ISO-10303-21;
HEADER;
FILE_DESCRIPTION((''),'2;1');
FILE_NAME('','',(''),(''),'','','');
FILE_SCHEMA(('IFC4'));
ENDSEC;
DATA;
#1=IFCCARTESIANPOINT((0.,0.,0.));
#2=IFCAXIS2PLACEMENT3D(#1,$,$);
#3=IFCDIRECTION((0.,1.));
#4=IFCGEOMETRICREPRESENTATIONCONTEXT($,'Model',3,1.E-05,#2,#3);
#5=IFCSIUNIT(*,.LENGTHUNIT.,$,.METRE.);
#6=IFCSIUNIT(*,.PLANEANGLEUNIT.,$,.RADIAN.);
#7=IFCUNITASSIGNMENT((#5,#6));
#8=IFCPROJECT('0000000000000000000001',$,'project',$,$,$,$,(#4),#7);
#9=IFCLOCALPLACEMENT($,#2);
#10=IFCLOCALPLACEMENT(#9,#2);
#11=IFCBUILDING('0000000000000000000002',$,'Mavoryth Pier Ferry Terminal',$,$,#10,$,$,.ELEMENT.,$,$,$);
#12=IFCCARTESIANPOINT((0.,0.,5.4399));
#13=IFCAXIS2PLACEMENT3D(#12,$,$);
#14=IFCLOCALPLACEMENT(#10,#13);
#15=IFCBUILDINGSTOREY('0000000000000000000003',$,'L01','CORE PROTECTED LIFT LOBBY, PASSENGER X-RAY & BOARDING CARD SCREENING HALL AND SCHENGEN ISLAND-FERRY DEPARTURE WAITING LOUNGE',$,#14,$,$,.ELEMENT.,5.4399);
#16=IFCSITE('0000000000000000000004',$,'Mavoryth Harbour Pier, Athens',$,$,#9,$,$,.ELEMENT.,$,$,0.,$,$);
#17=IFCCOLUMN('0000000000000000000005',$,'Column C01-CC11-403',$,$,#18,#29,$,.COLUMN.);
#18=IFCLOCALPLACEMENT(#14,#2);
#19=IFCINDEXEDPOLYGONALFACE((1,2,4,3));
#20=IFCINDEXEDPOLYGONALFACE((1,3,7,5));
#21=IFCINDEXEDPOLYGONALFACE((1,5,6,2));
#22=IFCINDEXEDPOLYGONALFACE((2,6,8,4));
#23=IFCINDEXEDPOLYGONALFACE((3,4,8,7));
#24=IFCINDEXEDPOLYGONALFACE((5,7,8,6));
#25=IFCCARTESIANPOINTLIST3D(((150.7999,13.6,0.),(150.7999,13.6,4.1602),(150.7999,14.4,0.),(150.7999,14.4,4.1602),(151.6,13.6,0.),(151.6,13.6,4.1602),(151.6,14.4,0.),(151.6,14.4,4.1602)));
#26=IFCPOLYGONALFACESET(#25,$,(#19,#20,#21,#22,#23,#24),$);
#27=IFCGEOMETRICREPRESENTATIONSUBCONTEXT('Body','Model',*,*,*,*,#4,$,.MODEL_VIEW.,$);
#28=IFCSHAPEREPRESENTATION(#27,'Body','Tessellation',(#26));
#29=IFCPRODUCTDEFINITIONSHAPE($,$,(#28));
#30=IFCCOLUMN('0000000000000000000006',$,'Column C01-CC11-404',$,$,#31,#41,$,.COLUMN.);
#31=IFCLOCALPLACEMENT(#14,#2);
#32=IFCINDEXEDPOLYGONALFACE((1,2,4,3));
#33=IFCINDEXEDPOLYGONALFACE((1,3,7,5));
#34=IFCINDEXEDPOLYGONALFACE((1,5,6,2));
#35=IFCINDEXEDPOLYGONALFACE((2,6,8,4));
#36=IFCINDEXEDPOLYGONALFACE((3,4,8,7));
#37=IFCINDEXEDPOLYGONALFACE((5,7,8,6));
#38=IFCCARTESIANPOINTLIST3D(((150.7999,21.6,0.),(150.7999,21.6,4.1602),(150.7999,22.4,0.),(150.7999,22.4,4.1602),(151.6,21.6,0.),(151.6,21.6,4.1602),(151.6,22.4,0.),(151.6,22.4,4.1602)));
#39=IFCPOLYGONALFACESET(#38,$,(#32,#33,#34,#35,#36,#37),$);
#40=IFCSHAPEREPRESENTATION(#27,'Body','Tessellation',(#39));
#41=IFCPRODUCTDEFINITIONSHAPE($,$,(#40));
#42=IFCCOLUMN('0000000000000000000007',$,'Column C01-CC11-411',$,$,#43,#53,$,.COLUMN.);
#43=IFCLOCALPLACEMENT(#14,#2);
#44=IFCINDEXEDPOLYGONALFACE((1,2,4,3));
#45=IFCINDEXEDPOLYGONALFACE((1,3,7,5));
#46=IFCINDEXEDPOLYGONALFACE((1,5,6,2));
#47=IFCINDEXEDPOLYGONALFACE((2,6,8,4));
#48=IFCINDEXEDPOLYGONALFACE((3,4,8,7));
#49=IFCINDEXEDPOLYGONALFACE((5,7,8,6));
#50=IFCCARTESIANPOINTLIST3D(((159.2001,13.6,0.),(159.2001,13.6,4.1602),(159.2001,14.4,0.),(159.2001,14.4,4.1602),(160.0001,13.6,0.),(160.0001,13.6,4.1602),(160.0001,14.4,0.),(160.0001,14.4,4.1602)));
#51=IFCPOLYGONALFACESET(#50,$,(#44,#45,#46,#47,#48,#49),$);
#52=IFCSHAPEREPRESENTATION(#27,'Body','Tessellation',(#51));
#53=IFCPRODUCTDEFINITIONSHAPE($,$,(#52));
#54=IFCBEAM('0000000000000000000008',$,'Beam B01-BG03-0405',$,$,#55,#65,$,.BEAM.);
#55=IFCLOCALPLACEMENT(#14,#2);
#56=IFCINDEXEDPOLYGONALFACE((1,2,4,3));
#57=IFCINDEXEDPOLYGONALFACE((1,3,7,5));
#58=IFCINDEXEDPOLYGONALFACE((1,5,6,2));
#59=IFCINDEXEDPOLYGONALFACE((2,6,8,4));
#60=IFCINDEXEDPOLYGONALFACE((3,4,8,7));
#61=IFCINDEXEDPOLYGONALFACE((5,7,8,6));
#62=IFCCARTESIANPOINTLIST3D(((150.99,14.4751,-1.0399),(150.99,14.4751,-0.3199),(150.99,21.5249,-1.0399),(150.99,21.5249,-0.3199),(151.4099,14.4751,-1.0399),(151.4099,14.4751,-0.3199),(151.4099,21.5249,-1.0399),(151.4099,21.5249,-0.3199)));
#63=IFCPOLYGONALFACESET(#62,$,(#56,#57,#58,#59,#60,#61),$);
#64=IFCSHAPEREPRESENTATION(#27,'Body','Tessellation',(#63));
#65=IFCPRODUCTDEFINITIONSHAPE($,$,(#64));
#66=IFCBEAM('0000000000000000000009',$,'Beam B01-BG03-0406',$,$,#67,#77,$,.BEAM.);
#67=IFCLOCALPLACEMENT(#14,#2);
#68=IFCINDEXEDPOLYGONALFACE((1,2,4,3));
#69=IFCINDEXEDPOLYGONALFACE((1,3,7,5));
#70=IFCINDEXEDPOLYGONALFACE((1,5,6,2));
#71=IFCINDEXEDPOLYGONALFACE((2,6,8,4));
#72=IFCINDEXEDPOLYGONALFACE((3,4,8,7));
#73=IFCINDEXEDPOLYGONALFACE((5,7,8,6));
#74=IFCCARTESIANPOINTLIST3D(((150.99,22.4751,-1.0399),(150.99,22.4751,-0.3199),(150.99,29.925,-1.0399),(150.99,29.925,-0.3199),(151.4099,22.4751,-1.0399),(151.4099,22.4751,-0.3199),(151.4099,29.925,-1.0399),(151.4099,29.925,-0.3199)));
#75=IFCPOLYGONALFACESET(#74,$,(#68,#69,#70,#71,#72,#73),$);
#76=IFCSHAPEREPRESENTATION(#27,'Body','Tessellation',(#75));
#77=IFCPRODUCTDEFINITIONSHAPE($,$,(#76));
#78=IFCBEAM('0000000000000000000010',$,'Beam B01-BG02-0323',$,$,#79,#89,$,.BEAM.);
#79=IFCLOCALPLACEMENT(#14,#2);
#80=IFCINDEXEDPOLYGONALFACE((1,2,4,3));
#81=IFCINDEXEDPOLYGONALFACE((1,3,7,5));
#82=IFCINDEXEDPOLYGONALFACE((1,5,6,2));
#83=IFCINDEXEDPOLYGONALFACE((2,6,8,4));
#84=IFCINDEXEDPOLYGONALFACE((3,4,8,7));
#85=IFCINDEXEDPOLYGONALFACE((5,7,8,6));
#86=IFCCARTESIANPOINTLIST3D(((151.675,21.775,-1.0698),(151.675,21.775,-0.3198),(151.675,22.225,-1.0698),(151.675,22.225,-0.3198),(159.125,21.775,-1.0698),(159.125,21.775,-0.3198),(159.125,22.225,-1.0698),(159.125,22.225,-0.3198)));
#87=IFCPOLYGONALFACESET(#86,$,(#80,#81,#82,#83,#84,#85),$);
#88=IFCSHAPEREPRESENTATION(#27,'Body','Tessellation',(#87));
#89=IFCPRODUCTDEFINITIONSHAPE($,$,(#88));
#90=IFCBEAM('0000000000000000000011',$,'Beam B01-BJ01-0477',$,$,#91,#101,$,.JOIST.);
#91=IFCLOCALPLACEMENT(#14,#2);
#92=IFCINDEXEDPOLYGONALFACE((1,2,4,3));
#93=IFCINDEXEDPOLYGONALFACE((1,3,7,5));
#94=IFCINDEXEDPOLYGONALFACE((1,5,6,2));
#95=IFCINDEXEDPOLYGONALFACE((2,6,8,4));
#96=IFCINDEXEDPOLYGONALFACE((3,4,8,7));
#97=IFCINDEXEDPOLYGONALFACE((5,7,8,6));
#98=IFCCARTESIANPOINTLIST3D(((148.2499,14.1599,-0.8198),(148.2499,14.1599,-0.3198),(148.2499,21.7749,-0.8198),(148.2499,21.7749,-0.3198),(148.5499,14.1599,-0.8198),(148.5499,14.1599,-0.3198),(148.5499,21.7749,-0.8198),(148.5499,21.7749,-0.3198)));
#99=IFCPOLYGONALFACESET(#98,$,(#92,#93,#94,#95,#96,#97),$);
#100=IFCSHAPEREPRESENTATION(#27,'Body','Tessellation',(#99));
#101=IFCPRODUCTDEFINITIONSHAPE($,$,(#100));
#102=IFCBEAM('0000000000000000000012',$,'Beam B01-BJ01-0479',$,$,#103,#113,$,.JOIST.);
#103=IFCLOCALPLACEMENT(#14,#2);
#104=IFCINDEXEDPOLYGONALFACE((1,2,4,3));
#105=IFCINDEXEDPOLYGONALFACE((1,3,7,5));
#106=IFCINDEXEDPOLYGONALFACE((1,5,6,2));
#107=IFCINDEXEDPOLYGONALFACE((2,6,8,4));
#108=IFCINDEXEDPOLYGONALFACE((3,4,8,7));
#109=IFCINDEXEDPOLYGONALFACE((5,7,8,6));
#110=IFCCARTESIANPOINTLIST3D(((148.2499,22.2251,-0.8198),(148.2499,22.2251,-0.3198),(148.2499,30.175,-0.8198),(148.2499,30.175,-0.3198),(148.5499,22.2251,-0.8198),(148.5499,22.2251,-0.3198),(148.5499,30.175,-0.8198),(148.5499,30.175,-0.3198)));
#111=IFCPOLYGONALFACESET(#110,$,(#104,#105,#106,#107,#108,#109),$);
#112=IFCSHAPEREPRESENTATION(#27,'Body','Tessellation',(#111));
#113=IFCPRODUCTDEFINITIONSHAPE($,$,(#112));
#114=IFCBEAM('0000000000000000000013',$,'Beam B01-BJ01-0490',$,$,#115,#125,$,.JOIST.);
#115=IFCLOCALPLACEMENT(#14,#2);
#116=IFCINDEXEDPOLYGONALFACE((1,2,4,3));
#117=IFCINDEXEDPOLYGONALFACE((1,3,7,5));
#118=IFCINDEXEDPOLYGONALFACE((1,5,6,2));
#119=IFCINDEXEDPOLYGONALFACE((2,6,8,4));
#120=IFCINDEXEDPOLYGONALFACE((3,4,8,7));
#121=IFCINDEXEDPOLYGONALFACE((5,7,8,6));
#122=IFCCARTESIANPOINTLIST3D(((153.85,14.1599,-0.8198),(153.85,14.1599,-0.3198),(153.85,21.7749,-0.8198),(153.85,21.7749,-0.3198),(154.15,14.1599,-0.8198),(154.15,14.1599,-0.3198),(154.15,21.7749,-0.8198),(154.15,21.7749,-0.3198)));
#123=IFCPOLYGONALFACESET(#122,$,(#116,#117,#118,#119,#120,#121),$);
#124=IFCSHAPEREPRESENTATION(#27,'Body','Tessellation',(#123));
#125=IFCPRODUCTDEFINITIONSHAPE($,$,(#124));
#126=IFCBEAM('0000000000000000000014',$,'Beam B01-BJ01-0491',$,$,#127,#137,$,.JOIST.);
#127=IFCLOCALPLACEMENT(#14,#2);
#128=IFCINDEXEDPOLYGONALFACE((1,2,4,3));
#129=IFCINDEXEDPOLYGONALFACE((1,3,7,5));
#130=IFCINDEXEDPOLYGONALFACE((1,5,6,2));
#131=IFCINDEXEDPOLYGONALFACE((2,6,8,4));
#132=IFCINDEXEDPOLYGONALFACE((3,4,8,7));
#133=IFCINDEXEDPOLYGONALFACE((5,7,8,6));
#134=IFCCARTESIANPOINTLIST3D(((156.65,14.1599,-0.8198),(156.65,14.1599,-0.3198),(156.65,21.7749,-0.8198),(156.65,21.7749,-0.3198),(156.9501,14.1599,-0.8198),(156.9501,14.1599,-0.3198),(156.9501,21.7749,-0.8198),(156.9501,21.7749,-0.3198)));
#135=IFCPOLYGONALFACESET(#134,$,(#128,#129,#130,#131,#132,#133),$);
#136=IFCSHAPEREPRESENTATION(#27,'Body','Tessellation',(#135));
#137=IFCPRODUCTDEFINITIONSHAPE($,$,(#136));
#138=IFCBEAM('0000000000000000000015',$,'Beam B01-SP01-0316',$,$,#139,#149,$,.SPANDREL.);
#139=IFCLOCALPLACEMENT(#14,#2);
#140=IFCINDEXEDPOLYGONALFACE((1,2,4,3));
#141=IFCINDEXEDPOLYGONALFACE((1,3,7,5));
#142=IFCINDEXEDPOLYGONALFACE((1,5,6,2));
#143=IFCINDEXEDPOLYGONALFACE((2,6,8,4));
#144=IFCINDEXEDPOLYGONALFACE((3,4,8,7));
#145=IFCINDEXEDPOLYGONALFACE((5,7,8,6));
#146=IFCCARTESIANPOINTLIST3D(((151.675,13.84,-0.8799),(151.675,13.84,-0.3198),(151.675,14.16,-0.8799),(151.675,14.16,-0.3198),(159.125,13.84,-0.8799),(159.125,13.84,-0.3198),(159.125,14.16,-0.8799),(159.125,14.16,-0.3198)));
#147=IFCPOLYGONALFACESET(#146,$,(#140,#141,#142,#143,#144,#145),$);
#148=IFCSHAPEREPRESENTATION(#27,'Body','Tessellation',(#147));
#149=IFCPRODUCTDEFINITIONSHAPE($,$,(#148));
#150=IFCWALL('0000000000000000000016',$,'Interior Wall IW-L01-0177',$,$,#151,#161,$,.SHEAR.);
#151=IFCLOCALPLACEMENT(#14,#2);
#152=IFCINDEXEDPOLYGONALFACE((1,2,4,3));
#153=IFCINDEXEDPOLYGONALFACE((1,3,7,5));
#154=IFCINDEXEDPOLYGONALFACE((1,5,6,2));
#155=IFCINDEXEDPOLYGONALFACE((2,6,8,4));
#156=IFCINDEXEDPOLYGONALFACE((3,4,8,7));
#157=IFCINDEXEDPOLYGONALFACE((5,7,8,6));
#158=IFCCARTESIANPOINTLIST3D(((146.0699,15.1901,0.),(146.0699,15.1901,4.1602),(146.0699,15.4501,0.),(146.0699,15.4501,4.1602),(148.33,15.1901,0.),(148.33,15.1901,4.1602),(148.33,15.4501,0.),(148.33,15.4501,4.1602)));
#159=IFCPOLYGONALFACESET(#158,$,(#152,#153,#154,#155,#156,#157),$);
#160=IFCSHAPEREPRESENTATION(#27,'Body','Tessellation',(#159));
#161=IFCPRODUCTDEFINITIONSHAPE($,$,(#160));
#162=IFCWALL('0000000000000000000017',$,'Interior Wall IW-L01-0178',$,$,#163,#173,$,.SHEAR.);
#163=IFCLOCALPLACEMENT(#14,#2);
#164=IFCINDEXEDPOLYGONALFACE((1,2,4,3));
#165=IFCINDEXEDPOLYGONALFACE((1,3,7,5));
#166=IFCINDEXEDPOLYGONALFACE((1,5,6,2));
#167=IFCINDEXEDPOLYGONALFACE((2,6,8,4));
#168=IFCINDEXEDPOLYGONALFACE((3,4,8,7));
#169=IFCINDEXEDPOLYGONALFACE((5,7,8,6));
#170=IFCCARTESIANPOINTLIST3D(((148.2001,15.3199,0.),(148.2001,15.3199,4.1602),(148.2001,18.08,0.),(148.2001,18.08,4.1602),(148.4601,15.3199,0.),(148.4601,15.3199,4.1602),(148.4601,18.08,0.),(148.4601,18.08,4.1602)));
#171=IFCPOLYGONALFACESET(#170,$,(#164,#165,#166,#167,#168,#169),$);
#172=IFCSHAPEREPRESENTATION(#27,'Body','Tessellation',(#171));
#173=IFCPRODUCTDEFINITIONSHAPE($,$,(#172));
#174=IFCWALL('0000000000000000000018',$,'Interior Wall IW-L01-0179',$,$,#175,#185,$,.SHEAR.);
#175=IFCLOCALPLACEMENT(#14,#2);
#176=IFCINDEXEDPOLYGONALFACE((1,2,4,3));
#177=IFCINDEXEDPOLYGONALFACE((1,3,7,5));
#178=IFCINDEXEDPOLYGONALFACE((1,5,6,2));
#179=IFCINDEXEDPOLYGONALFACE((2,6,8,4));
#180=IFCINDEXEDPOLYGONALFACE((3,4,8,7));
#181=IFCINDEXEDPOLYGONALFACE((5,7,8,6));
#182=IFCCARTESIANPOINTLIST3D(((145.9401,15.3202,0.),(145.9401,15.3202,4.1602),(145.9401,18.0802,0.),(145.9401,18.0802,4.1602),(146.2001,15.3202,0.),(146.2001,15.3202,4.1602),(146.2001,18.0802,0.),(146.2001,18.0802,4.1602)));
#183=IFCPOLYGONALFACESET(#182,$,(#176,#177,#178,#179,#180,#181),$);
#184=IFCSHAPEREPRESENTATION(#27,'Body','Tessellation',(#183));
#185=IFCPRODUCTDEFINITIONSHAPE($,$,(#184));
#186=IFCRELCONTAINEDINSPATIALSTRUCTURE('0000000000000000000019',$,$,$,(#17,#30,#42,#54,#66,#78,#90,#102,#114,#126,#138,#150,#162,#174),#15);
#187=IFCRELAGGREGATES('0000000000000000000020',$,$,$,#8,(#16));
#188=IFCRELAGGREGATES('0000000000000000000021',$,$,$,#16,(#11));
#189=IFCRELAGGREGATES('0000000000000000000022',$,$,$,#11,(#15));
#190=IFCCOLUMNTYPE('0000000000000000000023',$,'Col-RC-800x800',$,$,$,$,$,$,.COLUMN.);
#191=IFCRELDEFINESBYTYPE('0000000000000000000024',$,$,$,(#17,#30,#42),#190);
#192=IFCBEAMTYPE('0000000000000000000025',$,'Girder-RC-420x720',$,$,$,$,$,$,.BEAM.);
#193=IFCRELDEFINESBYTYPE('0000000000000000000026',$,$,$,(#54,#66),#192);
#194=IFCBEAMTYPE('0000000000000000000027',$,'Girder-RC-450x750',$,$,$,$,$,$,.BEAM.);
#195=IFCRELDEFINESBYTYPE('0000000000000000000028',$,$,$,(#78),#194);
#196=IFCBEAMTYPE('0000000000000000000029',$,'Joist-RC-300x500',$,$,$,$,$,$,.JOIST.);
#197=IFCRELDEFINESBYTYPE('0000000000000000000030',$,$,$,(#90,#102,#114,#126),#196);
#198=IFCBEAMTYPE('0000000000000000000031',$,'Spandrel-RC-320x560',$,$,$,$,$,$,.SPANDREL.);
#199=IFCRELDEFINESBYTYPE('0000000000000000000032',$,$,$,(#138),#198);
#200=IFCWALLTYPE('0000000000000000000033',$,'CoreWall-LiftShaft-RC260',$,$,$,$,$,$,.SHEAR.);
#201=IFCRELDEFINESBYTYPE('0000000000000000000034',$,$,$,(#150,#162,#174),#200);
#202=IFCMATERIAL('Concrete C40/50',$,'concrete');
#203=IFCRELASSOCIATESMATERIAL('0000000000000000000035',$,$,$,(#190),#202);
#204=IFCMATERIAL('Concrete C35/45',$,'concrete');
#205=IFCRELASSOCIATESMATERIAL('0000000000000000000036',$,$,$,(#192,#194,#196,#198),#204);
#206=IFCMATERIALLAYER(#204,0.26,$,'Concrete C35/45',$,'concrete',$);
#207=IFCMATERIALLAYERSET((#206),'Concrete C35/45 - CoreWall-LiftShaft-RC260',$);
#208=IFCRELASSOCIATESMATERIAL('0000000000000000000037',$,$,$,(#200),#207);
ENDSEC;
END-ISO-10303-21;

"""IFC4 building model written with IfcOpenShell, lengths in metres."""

from ifc_helpers import new_model, si_unit, direction, frame, frame_2d, origin, origin_2d, place, context, subcontext, project, spatial, rectangle, extrude, material, layer, layer_set, material_profile, profile_set, type_object, element, save


model = new_model("IFC4")

# Units and contexts
model_context = context("Model", 3, precision=1e-05, world=origin(), true_north=direction((0.0, 1.0)))
body_context = subcontext(model_context, "Body", "Model", "MODEL_VIEW")
ifc_project = project(units=[si_unit("LENGTHUNIT", "METRE"), si_unit("PLANEANGLEUNIT", "RADIAN")], contexts=[model_context])

# Site, building, storey
site_placement = place(None, origin())
site = spatial("IfcSite", under=ifc_project, at=site_placement, Name="Mavoryth Harbour Pier, Athens", CompositionType="ELEMENT", RefElevation=0.0)
building_placement = place(site_placement, origin())
building = spatial("IfcBuilding", under=site, at=building_placement, Name="Mavoryth Pier Ferry Terminal", CompositionType="ELEMENT")
storey_placement = place(building_placement, frame((0.0, 0.0, 5.4399)))
storey = spatial("IfcBuildingStorey", under=building, at=storey_placement, Name="L01", Description="CORE PROTECTED LIFT LOBBY, PASSENGER X-RAY & BOARDING CARD SCREENING HALL AND SCHENGEN ISLAND-FERRY DEPARTURE WAITING LOUNGE", CompositionType="ELEMENT", Elevation=5.4399)

# Columns
ifc_material_1 = material(Name="Concrete C40/50", Category="concrete")
ifc_material_profile_1 = material_profile(ifc_material_1, rectangle(XDim=0.8, YDim=0.8, at=origin_2d()), Name="RC 800x800", Category="concrete")
ifc_profile_set_1 = profile_set([ifc_material_profile_1], Name="Concrete C40/50 - RC 800x800")
column_type = type_object("IfcColumnType", Name="Col-RC-800x800", PredefinedType="COLUMN", material=ifc_profile_set_1)
for number, where, z_axis, x_axis, name in (
    (1, (151.2, 14.0, 0.0), (0.0, 0.0, 1.0), (1.0, 0.0, 0.0), "Column C01-CC11-403"),
    (2, (151.2, 22.0, 0.0), (0.0, 0.0, 1.0), (1.0, 0.0, 0.0), "Column C01-CC11-404"),
    (3, (159.6001, 14.0, 0.0), (0.0, 0.0, 1.0), (1.0, 0.0, 0.0), "Column C01-CC11-411"),
):
    element("IfcColumn", number, at=place(storey_placement, frame(where, z_axis=z_axis, x_axis=x_axis)), inside=storey, type_object=column_type, Name=name, PredefinedType="COLUMN", context=body_context, shape_type="SweptSolid", body=[
        extrude(rectangle(XDim=0.8, YDim=0.8, at=origin_2d()), origin(), (0.0, 0.0, 1.0), 4.1602),
    ])

# Beams
ifc_material_2 = material(Name="Concrete C35/45", Category="concrete")
ifc_material_profile_2 = material_profile(ifc_material_2, rectangle(XDim=0.4199, YDim=0.72, at=origin_2d()), Name="RC 420x720", Category="concrete")
ifc_profile_set_2 = profile_set([ifc_material_profile_2], Name="Concrete C35/45 - RC 420x720")
beam_type_1 = type_object("IfcBeamType", Name="Girder-RC-420x720", PredefinedType="BEAM", material=ifc_profile_set_2)
beam_1_placement = place(storey_placement, frame((151.2, 14.4751, -0.6799), z_axis=(0.0, 1.0, 0.0), x_axis=(-1.0, 0.0, 0.0)))
element("IfcBeam", 4, at=beam_1_placement, inside=storey, type_object=beam_type_1, Name="Beam B01-BG03-0405", PredefinedType="BEAM", context=body_context, shape_type="SweptSolid", body=[
    extrude(rectangle(XDim=0.4199, YDim=0.72, at=origin_2d()), origin(), (0.0, 0.0, 1.0), 7.0498),
])
beam_2_placement = place(storey_placement, frame((151.2, 22.4751, -0.6799), z_axis=(0.0, 1.0, 0.0), x_axis=(-1.0, 0.0, 0.0)))
element("IfcBeam", 5, at=beam_2_placement, inside=storey, type_object=beam_type_1, Name="Beam B01-BG03-0406", PredefinedType="BEAM", context=body_context, shape_type="SweptSolid", body=[
    extrude(rectangle(XDim=0.4199, YDim=0.72, at=origin_2d()), origin(), (0.0, 0.0, 1.0), 7.45),
])
ifc_material_profile_3 = material_profile(ifc_material_2, rectangle(XDim=0.45, YDim=0.75, at=origin_2d()), Name="RC 450x750", Category="concrete")
ifc_profile_set_3 = profile_set([ifc_material_profile_3], Name="Concrete C35/45 - RC 450x750")
beam_type_2 = type_object("IfcBeamType", Name="Girder-RC-450x750", PredefinedType="BEAM", material=ifc_profile_set_3)
beam_3_placement = place(storey_placement, frame((151.675, 22.0, -0.6948), z_axis=(1.0, 0.0, 0.0), x_axis=(0.0, 1.0, 0.0)))
element("IfcBeam", 6, at=beam_3_placement, inside=storey, type_object=beam_type_2, Name="Beam B01-BG02-0323", PredefinedType="BEAM", context=body_context, shape_type="SweptSolid", body=[
    extrude(rectangle(XDim=0.45, YDim=0.75, at=origin_2d()), origin(), (0.0, 0.0, 1.0), 7.45),
])
ifc_material_profile_4 = material_profile(ifc_material_2, rectangle(XDim=0.3, YDim=0.5, at=origin_2d()), Name="RC 300x500", Category="concrete")
ifc_profile_set_4 = profile_set([ifc_material_profile_4], Name="Concrete C35/45 - RC 300x500")
beam_type_3 = type_object("IfcBeamType", Name="Joist-RC-300x500", PredefinedType="JOIST", material=ifc_profile_set_4)
beam_4_placement = place(storey_placement, frame((148.3999, 14.1599, -0.5698), z_axis=(0.0, 1.0, 0.0), x_axis=(-1.0, 0.0, 0.0)))
element("IfcBeam", 7, at=beam_4_placement, inside=storey, type_object=beam_type_3, Name="Beam B01-BJ01-0477", PredefinedType="JOIST", context=body_context, shape_type="SweptSolid", body=[
    extrude(rectangle(XDim=0.3, YDim=0.5, at=origin_2d()), origin(), (0.0, 0.0, 1.0), 7.615),
])
beam_5_placement = place(storey_placement, frame((148.3999, 22.2251, -0.5698), z_axis=(0.0, 1.0, 0.0), x_axis=(-1.0, 0.0, 0.0)))
element("IfcBeam", 8, at=beam_5_placement, inside=storey, type_object=beam_type_3, Name="Beam B01-BJ01-0479", PredefinedType="JOIST", context=body_context, shape_type="SweptSolid", body=[
    extrude(rectangle(XDim=0.3, YDim=0.5, at=origin_2d()), origin(), (0.0, 0.0, 1.0), 7.95),
])
for number, where, z_axis, x_axis, name in (
    (9, (154.0, 14.1599, -0.5698), (0.0, 1.0, 0.0), (-1.0, 0.0, 0.0), "Beam B01-BJ01-0490"),
    (10, (156.8, 14.1599, -0.5698), (0.0, 1.0, 0.0), (-1.0, 0.0, 0.0), "Beam B01-BJ01-0491"),
):
    element("IfcBeam", number, at=place(storey_placement, frame(where, z_axis=z_axis, x_axis=x_axis)), inside=storey, type_object=beam_type_3, Name=name, PredefinedType="JOIST", context=body_context, shape_type="SweptSolid", body=[
        extrude(rectangle(XDim=0.3, YDim=0.5, at=origin_2d()), origin(), (0.0, 0.0, 1.0), 7.615),
    ])
ifc_material_profile_5 = material_profile(ifc_material_2, rectangle(XDim=0.3201, YDim=0.5601, at=origin_2d()), Name="RC 320x560", Category="concrete")
ifc_profile_set_5 = profile_set([ifc_material_profile_5], Name="Concrete C35/45 - RC 320x560")
beam_type_4 = type_object("IfcBeamType", Name="Spandrel-RC-320x560", PredefinedType="SPANDREL", material=ifc_profile_set_5)
beam_6_placement = place(storey_placement, frame((151.675, 14.0, -0.5999), z_axis=(1.0, 0.0, 0.0), x_axis=(0.0, 1.0, 0.0)))
element("IfcBeam", 11, at=beam_6_placement, inside=storey, type_object=beam_type_4, Name="Beam B01-SP01-0316", PredefinedType="SPANDREL", context=body_context, shape_type="SweptSolid", body=[
    extrude(rectangle(XDim=0.3201, YDim=0.5601, at=origin_2d()), origin(), (0.0, 0.0, 1.0), 7.45),
])

# Walls
ifc_layer_1 = layer(ifc_material_2, 0.26, Name="Concrete C35/45", Category="concrete")
ifc_layer_set_1 = layer_set([ifc_layer_1], Name="Concrete C35/45 - CoreWall-LiftShaft-RC260")
wall_type_1 = type_object("IfcWallType", Name="CoreWall-LiftShaft-RC260", PredefinedType="SHEAR", material=ifc_layer_set_1)
wall_1_placement = place(storey_placement, frame((146.0701, 15.3201, 0.0), z_axis=(0.0, 0.0, 1.0), x_axis=(1.0, 0.0, 0.0)))
element("IfcWall", 12, at=wall_1_placement, inside=storey, type_object=wall_type_1, Name="Interior Wall IW-L01-0177", PredefinedType="SHEAR", context=body_context, shape_type="SweptSolid", body=[
    extrude(rectangle(XDim=2.26, YDim=0.26, at=frame_2d((1.1299, 0.0))), origin(), (0.0, 0.0, 1.0), 4.1602),
])
for number, where, z_axis, x_axis, name in (
    (13, (148.3301, 15.3201, 0.0), (0.0, 0.0, 1.0), (0.0, 1.0, 0.0), "Interior Wall IW-L01-0178"),
    (14, (146.0701, 18.0801, 0.0), (0.0, 0.0, 1.0), (0.0, -1.0, 0.0), "Interior Wall IW-L01-0179"),
):
    element("IfcWall", number, at=place(storey_placement, frame(where, z_axis=z_axis, x_axis=x_axis)), inside=storey, type_object=wall_type_1, Name=name, PredefinedType="SHEAR", context=body_context, shape_type="SweptSolid", body=[
        extrude(rectangle(XDim=2.76, YDim=0.26, at=frame_2d((1.3799, 0.0))), origin(), (0.0, 0.0, 1.0), 4.1602),
    ])

save(model, "model.ifc")
